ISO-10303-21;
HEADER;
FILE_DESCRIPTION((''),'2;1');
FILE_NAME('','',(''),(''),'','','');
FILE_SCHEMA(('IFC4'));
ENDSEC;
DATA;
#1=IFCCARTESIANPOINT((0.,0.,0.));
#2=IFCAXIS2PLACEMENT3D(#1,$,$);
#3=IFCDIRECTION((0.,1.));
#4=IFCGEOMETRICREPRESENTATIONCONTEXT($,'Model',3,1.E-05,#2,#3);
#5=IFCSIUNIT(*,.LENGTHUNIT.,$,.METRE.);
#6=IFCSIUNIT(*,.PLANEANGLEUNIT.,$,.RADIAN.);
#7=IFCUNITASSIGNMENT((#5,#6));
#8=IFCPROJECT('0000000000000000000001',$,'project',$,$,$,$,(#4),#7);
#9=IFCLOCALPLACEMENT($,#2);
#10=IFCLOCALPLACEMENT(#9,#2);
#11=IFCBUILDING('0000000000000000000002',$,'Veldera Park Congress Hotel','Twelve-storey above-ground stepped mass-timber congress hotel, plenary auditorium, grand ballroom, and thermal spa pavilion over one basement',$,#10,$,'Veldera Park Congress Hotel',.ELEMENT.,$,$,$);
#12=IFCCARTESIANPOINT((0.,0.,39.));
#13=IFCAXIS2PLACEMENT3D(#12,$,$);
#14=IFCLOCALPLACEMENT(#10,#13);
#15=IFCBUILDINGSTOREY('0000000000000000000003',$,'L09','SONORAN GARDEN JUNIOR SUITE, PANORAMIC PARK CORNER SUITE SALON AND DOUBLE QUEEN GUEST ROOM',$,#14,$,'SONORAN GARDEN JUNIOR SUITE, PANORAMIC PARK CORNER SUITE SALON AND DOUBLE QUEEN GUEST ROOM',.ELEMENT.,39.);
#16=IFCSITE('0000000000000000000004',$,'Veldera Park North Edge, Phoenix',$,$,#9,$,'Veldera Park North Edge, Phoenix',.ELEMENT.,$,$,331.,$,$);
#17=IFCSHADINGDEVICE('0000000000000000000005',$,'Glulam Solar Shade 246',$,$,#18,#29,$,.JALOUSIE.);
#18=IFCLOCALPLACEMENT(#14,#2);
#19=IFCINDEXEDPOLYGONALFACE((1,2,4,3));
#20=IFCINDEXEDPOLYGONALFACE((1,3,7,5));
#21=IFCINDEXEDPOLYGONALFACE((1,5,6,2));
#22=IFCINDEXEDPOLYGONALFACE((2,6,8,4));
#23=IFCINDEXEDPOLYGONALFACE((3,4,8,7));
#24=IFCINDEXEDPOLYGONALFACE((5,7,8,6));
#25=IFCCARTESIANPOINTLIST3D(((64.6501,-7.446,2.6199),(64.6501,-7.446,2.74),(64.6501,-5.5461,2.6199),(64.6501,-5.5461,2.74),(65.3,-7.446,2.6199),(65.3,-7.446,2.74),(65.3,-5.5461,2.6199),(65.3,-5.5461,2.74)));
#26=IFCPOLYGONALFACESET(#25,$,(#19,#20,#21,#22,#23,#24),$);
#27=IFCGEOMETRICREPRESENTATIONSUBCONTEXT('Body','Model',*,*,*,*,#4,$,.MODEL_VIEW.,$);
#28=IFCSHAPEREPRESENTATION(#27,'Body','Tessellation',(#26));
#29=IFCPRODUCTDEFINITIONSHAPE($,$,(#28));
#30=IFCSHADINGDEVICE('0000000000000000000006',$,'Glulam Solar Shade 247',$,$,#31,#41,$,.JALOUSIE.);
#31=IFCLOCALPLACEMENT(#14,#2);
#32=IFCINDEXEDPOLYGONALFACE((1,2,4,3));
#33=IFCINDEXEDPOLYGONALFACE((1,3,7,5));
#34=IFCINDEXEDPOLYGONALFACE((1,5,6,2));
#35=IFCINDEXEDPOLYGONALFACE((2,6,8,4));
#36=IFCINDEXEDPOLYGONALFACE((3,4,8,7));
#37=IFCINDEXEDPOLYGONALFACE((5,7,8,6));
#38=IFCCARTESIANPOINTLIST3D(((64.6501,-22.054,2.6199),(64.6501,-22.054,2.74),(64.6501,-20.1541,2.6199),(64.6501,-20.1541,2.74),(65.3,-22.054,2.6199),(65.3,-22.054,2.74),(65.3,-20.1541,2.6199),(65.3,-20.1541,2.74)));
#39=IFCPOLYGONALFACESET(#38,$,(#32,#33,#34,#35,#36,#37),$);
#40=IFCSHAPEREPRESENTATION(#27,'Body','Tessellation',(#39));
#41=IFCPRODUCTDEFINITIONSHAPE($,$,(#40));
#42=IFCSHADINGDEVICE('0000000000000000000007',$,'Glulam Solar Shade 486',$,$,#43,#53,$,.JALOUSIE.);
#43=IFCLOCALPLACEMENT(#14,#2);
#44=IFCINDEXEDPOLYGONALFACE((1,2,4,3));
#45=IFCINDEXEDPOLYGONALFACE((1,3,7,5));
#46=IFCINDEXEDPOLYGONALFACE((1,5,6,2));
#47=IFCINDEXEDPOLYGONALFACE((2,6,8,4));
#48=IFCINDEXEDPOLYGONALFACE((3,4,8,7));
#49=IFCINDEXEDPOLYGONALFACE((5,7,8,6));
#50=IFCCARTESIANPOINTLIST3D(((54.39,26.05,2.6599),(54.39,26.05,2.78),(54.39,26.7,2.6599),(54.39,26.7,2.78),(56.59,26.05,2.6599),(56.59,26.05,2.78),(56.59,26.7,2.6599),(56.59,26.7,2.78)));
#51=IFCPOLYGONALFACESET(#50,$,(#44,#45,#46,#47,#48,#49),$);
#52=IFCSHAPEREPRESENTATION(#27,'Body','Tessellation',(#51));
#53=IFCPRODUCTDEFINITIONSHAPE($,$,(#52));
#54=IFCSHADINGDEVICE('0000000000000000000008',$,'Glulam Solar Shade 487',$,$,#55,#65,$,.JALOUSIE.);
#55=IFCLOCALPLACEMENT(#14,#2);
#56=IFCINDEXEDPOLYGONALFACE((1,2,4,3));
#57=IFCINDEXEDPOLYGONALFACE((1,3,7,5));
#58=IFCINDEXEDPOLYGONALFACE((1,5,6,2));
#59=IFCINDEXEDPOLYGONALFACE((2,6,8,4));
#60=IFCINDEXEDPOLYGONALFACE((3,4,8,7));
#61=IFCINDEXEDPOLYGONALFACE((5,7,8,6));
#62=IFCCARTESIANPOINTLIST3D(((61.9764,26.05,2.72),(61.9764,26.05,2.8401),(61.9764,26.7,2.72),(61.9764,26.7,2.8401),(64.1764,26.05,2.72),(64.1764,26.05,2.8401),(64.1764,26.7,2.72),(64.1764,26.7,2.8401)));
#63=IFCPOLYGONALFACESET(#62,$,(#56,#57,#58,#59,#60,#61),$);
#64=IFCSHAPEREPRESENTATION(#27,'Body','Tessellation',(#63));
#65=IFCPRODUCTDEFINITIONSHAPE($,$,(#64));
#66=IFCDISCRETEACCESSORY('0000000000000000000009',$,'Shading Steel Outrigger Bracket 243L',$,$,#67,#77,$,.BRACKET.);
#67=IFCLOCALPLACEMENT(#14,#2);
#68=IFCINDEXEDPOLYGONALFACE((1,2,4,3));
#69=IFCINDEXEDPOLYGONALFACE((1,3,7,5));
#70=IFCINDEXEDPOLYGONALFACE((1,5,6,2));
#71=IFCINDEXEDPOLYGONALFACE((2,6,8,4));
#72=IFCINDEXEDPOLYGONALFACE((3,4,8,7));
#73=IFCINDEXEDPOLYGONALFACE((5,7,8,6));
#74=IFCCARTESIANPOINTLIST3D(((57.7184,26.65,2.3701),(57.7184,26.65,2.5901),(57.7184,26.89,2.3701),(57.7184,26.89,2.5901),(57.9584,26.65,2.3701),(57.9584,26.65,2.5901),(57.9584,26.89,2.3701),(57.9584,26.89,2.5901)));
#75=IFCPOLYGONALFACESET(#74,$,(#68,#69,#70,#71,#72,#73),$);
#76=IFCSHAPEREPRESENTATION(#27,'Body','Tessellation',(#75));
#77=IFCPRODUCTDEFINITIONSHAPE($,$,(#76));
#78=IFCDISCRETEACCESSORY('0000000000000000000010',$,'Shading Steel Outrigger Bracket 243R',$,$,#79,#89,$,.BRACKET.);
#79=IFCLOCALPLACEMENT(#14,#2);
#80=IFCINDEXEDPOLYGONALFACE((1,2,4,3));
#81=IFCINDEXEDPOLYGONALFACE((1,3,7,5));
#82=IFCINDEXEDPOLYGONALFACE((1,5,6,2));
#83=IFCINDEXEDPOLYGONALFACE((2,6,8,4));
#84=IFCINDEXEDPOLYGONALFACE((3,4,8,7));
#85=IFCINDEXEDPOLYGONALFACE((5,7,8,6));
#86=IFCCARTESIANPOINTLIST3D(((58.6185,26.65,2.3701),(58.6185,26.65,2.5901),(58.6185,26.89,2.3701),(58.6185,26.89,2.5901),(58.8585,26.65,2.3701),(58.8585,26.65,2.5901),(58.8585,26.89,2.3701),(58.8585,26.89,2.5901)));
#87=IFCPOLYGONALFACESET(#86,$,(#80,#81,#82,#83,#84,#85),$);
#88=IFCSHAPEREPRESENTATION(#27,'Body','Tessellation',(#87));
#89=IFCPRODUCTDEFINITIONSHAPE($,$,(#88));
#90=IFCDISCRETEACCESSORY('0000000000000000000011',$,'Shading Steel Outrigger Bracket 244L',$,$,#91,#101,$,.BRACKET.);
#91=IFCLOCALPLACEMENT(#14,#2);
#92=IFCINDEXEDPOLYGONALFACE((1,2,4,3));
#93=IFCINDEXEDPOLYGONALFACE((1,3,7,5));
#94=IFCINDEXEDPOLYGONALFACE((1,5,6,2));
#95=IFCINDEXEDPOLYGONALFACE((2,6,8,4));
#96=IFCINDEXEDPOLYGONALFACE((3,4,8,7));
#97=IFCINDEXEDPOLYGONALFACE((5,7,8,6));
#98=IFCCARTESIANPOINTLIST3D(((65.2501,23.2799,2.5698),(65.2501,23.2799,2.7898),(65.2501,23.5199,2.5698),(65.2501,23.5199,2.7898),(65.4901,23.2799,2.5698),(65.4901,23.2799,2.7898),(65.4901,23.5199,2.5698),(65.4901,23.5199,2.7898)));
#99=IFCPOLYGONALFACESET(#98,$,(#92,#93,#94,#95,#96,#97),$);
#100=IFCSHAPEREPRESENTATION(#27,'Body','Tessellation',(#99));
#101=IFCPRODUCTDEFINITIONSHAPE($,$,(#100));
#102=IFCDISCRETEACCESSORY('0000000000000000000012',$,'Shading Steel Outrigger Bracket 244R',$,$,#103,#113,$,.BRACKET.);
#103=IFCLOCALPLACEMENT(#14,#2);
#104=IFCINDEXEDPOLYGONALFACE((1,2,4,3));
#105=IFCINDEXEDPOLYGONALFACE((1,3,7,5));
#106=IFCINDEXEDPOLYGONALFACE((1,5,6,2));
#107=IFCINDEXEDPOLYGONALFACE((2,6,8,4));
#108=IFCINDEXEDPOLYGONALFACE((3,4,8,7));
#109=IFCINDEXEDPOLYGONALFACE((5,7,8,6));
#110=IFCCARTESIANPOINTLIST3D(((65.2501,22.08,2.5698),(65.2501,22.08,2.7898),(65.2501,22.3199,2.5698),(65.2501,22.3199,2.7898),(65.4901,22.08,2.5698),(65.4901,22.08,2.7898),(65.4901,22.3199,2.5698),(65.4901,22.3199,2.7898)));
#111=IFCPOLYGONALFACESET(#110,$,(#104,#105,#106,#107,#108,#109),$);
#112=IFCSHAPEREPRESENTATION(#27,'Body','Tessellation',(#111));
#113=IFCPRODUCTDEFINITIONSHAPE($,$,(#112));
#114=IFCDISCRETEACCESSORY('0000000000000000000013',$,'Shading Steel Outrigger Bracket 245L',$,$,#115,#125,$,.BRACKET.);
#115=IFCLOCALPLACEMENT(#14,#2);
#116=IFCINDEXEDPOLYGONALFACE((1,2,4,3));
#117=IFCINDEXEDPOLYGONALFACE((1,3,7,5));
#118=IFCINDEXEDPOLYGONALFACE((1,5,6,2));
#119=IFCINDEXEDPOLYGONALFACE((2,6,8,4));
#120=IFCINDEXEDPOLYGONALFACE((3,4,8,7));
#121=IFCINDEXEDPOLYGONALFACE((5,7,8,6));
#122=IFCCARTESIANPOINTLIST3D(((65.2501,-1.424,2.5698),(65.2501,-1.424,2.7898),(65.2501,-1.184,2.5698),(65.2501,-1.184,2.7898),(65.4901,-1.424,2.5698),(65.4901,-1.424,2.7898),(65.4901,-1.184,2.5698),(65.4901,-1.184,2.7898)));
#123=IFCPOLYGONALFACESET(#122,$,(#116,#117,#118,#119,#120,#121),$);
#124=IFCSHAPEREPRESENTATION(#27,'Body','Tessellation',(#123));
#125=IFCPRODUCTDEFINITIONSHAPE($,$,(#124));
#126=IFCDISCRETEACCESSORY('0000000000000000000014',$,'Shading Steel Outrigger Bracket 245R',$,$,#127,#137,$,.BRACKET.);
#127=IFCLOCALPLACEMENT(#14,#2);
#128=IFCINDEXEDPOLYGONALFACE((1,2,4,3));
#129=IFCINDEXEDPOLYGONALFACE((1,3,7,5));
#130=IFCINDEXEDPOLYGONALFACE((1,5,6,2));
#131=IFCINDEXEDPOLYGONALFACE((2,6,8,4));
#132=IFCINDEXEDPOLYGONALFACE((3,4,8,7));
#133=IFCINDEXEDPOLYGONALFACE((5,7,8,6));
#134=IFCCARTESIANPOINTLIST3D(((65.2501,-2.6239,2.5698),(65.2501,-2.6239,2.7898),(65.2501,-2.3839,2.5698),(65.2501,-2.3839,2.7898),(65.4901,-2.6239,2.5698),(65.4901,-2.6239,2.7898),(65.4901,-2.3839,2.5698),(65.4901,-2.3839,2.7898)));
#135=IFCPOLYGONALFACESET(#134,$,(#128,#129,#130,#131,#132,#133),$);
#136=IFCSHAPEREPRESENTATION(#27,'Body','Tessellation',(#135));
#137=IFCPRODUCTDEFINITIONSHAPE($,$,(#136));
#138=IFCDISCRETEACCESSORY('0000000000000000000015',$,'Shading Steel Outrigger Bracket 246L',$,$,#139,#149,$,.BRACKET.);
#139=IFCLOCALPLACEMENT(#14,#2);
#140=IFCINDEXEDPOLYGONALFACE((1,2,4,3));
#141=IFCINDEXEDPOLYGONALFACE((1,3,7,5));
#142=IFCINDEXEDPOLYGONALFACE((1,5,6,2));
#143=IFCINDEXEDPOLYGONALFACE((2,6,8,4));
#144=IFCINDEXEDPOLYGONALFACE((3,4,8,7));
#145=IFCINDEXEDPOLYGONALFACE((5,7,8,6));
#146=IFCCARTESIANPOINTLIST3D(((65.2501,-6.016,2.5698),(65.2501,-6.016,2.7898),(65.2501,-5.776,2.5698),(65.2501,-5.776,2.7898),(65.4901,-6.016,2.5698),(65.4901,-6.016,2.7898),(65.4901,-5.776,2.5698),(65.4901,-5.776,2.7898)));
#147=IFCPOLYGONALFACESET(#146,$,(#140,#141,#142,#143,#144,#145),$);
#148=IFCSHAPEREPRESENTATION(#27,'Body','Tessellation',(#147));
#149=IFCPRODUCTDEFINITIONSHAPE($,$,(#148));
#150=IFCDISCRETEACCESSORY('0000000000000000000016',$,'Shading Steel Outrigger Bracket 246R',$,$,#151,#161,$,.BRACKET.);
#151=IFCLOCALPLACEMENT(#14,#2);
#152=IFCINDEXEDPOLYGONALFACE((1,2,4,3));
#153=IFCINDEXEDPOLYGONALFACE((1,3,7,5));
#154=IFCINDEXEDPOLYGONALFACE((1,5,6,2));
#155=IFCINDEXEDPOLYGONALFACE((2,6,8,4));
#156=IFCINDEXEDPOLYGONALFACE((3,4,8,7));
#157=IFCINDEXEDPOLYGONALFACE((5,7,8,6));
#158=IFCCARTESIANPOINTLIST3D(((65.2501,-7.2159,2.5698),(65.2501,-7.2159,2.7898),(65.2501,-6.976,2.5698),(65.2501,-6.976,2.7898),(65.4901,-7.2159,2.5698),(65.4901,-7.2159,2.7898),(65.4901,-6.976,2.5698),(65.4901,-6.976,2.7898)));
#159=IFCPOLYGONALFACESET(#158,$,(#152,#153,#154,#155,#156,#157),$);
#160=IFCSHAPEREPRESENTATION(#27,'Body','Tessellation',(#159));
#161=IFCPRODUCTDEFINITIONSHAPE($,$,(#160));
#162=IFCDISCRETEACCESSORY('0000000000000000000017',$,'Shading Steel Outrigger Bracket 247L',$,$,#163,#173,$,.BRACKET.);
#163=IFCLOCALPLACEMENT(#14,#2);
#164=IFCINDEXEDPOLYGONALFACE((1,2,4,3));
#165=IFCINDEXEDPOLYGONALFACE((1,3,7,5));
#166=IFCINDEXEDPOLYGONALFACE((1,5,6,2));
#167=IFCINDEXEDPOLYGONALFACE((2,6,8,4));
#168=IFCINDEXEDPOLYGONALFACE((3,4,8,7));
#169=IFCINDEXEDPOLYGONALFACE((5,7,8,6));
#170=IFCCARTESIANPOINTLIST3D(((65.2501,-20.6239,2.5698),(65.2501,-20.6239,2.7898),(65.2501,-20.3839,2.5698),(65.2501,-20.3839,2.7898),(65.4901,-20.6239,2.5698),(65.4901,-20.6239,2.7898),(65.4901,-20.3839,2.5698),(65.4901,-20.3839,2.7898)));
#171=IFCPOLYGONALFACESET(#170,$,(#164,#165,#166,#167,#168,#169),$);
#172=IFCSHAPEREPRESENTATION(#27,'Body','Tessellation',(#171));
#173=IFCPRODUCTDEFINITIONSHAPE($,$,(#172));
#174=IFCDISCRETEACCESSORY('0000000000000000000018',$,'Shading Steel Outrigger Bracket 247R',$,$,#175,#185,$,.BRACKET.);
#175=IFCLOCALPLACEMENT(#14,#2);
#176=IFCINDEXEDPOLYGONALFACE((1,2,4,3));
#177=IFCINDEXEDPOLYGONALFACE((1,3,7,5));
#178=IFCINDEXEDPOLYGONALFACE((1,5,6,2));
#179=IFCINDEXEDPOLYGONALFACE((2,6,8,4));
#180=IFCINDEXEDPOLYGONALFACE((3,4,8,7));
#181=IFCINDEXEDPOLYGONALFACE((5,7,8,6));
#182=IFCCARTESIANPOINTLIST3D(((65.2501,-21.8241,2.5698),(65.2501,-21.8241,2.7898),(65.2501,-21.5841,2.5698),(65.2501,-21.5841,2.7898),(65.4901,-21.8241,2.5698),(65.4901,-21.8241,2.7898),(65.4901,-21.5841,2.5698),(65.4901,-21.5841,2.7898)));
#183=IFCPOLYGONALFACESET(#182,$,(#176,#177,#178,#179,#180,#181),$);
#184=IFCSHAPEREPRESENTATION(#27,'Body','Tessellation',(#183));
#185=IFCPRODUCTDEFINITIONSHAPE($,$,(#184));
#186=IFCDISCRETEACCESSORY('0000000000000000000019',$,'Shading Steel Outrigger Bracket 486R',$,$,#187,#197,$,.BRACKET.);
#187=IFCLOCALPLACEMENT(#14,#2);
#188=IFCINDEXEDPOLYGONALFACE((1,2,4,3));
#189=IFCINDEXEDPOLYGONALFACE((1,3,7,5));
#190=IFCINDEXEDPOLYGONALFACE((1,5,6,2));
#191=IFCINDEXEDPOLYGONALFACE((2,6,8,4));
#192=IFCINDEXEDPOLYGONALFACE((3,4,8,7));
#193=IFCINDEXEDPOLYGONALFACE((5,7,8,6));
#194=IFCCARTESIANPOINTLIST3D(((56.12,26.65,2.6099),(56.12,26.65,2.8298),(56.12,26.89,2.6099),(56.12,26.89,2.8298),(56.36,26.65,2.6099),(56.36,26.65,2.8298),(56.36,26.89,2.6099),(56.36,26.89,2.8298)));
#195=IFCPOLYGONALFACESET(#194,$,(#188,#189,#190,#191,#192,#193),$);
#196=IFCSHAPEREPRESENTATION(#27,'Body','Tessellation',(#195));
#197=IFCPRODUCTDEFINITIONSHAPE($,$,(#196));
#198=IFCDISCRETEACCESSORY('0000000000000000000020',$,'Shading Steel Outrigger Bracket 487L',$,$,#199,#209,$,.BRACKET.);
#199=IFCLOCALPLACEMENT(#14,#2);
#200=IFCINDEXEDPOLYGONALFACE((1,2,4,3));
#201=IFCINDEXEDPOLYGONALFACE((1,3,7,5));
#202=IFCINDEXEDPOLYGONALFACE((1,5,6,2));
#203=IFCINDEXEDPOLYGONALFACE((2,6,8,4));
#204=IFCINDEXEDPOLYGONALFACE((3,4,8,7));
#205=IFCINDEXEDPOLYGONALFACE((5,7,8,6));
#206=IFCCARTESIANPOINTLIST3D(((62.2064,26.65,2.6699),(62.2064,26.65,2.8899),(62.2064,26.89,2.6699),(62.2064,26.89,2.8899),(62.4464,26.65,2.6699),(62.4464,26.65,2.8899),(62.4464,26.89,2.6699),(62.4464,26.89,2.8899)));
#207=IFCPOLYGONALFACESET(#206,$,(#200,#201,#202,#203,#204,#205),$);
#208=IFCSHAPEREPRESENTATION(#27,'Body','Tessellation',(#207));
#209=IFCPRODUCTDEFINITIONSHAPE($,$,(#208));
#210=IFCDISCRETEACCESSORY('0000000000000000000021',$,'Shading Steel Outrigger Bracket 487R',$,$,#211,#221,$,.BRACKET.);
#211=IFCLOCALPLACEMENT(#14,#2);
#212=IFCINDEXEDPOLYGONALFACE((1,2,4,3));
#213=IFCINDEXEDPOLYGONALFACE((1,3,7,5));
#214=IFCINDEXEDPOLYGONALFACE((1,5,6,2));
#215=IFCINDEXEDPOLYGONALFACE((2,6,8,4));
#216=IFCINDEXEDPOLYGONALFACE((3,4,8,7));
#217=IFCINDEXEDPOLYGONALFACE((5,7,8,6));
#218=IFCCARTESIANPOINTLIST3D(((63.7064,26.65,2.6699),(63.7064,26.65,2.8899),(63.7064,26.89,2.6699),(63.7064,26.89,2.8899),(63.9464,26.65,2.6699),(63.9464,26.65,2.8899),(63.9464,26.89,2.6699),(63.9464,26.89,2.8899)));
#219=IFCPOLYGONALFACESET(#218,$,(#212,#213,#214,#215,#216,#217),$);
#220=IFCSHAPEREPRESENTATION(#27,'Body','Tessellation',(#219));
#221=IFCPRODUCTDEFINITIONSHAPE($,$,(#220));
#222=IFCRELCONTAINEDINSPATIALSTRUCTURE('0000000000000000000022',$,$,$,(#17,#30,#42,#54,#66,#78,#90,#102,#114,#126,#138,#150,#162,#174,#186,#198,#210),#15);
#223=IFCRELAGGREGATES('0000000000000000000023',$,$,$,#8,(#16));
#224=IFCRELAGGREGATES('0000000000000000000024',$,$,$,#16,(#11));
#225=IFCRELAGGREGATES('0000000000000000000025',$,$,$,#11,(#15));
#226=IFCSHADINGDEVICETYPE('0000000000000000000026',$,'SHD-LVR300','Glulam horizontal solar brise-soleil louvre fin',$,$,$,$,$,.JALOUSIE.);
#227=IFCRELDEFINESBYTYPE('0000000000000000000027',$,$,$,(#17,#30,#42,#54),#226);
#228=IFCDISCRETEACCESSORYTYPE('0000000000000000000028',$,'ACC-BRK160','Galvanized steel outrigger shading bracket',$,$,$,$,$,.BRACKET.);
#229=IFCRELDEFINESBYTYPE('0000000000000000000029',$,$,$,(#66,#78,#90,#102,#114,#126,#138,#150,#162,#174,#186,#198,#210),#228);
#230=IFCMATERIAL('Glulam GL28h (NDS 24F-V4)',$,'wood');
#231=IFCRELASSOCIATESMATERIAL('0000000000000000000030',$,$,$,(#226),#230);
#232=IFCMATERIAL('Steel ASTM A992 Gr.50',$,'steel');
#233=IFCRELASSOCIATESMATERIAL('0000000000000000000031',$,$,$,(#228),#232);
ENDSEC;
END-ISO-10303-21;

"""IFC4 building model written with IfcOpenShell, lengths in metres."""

from ifc_helpers import new_model, si_unit, direction, frame, origin, origin_2d, place, context, subcontext, project, spatial, rectangle, extrude, material, type_object, element, save


model = new_model("IFC4")

# Units and contexts
model_context = context("Model", 3, precision=1e-05, world=origin(), true_north=direction((0.0, 1.0)))
body_context = subcontext(model_context, "Body", "Model", "MODEL_VIEW")
ifc_project = project(units=[si_unit("LENGTHUNIT", "METRE"), si_unit("PLANEANGLEUNIT", "RADIAN")], contexts=[model_context])

# Site, building, storey
site_placement = place(None, origin())
site = spatial("IfcSite", under=ifc_project, at=site_placement, Name="Veldera Park North Edge, Phoenix", LongName="Veldera Park North Edge, Phoenix", CompositionType="ELEMENT", RefElevation=331.0)
building_placement = place(site_placement, origin())
building = spatial("IfcBuilding", under=site, at=building_placement, Name="Veldera Park Congress Hotel", Description="Twelve-storey above-ground stepped mass-timber congress hotel, plenary auditorium, grand ballroom, and thermal spa pavilion over one basement", LongName="Veldera Park Congress Hotel", CompositionType="ELEMENT")
storey_placement = place(building_placement, frame((0.0, 0.0, 39.0)))
storey = spatial("IfcBuildingStorey", under=building, at=storey_placement, Name="L09", Description="SONORAN GARDEN JUNIOR SUITE, PANORAMIC PARK CORNER SUITE SALON AND DOUBLE QUEEN GUEST ROOM", LongName="SONORAN GARDEN JUNIOR SUITE, PANORAMIC PARK CORNER SUITE SALON AND DOUBLE QUEEN GUEST ROOM", CompositionType="ELEMENT", Elevation=39.0)

# Shared definitions
ifc_material_1 = material(Name="Glulam GL28h (NDS 24F-V4)", Category="wood")

# Shading devices
shading_device_type = type_object("IfcShadingDeviceType", Name="SHD-LVR300", Description="Glulam horizontal solar brise-soleil louvre fin", PredefinedType="JALOUSIE", material=ifc_material_1)
for number, where, z_axis, x_axis, name in (
    (1, (64.9751, -6.4961, 2.6199), (0.0, 0.0, 1.0), (0.0, -1.0, 0.0), "Glulam Solar Shade 246"),
    (2, (64.9751, -21.104, 2.6199), (0.0, 0.0, 1.0), (0.0, -1.0, 0.0), "Glulam Solar Shade 247"),
):
    element("IfcShadingDevice", number, at=place(storey_placement, frame(where, z_axis=z_axis, x_axis=x_axis)), inside=storey, type_object=shading_device_type, Name=name, PredefinedType="JALOUSIE", context=body_context, shape_type="SweptSolid", body=[
        extrude(rectangle(XDim=1.8999, YDim=0.6499, at=origin_2d()), origin(), (0.0, 0.0, 1.0), 0.1201),
    ])
for number, where, z_axis, x_axis, name in (
    (3, (55.49, 26.375, 2.6599), (0.0, 0.0, 1.0), (1.0, 0.0, 0.0), "Glulam Solar Shade 486"),
    (4, (63.0764, 26.375, 2.72), (0.0, 0.0, 1.0), (1.0, 0.0, 0.0), "Glulam Solar Shade 487"),
):
    element("IfcShadingDevice", number, at=place(storey_placement, frame(where, z_axis=z_axis, x_axis=x_axis)), inside=storey, type_object=shading_device_type, Name=name, PredefinedType="JALOUSIE", context=body_context, shape_type="SweptSolid", body=[
        extrude(rectangle(XDim=2.2, YDim=0.6499, at=origin_2d()), origin(), (0.0, 0.0, 1.0), 0.1201),
    ])

# Discrete accessories
ifc_material_2 = material(Name="Steel ASTM A992 Gr.50", Category="steel")
discrete_accessory_type = type_object("IfcDiscreteAccessoryType", Name="ACC-BRK160", Description="Galvanized steel outrigger shading bracket", PredefinedType="BRACKET", material=ifc_material_2)
for number, where, z_axis, x_axis, name in (
    (5, (57.8384, 26.77, 2.3701), (0.0, 0.0, 1.0), (1.0, 0.0, 0.0), "Shading Steel Outrigger Bracket 243L"),
    (6, (58.7385, 26.77, 2.3701), (0.0, 0.0, 1.0), (1.0, 0.0, 0.0), "Shading Steel Outrigger Bracket 243R"),
    (7, (65.3701, 23.3999, 2.5698), (0.0, 0.0, 1.0), (0.0, -1.0, 0.0), "Shading Steel Outrigger Bracket 244L"),
    (8, (65.3701, 22.2, 2.5698), (0.0, 0.0, 1.0), (0.0, -1.0, 0.0), "Shading Steel Outrigger Bracket 244R"),
    (9, (65.3701, -1.304, 2.5698), (0.0, 0.0, 1.0), (0.0, -1.0, 0.0), "Shading Steel Outrigger Bracket 245L"),
    (10, (65.3701, -2.5039, 2.5698), (0.0, 0.0, 1.0), (0.0, -1.0, 0.0), "Shading Steel Outrigger Bracket 245R"),
    (11, (65.3701, -5.896, 2.5698), (0.0, 0.0, 1.0), (0.0, -1.0, 0.0), "Shading Steel Outrigger Bracket 246L"),
    (12, (65.3701, -7.0959, 2.5698), (0.0, 0.0, 1.0), (0.0, -1.0, 0.0), "Shading Steel Outrigger Bracket 246R"),
    (13, (65.3701, -20.5039, 2.5698), (0.0, 0.0, 1.0), (0.0, -1.0, 0.0), "Shading Steel Outrigger Bracket 247L"),
    (14, (65.3701, -21.7041, 2.5698), (0.0, 0.0, 1.0), (0.0, -1.0, 0.0), "Shading Steel Outrigger Bracket 247R"),
    (15, (56.24, 26.77, 2.6099), (0.0, 0.0, 1.0), (1.0, 0.0, 0.0), "Shading Steel Outrigger Bracket 486R"),
    (16, (62.3264, 26.77, 2.6699), (0.0, 0.0, 1.0), (1.0, 0.0, 0.0), "Shading Steel Outrigger Bracket 487L"),
    (17, (63.8264, 26.77, 2.6699), (0.0, 0.0, 1.0), (1.0, 0.0, 0.0), "Shading Steel Outrigger Bracket 487R"),
):
    element("IfcDiscreteAccessory", number, at=place(storey_placement, frame(where, z_axis=z_axis, x_axis=x_axis)), inside=storey, type_object=discrete_accessory_type, Name=name, PredefinedType="BRACKET", context=body_context, shape_type="SweptSolid", body=[
        extrude(rectangle(XDim=0.24, YDim=0.24, at=origin_2d()), origin(), (0.0, 0.0, 1.0), 0.22),
    ])

save(model, "model.ifc")
